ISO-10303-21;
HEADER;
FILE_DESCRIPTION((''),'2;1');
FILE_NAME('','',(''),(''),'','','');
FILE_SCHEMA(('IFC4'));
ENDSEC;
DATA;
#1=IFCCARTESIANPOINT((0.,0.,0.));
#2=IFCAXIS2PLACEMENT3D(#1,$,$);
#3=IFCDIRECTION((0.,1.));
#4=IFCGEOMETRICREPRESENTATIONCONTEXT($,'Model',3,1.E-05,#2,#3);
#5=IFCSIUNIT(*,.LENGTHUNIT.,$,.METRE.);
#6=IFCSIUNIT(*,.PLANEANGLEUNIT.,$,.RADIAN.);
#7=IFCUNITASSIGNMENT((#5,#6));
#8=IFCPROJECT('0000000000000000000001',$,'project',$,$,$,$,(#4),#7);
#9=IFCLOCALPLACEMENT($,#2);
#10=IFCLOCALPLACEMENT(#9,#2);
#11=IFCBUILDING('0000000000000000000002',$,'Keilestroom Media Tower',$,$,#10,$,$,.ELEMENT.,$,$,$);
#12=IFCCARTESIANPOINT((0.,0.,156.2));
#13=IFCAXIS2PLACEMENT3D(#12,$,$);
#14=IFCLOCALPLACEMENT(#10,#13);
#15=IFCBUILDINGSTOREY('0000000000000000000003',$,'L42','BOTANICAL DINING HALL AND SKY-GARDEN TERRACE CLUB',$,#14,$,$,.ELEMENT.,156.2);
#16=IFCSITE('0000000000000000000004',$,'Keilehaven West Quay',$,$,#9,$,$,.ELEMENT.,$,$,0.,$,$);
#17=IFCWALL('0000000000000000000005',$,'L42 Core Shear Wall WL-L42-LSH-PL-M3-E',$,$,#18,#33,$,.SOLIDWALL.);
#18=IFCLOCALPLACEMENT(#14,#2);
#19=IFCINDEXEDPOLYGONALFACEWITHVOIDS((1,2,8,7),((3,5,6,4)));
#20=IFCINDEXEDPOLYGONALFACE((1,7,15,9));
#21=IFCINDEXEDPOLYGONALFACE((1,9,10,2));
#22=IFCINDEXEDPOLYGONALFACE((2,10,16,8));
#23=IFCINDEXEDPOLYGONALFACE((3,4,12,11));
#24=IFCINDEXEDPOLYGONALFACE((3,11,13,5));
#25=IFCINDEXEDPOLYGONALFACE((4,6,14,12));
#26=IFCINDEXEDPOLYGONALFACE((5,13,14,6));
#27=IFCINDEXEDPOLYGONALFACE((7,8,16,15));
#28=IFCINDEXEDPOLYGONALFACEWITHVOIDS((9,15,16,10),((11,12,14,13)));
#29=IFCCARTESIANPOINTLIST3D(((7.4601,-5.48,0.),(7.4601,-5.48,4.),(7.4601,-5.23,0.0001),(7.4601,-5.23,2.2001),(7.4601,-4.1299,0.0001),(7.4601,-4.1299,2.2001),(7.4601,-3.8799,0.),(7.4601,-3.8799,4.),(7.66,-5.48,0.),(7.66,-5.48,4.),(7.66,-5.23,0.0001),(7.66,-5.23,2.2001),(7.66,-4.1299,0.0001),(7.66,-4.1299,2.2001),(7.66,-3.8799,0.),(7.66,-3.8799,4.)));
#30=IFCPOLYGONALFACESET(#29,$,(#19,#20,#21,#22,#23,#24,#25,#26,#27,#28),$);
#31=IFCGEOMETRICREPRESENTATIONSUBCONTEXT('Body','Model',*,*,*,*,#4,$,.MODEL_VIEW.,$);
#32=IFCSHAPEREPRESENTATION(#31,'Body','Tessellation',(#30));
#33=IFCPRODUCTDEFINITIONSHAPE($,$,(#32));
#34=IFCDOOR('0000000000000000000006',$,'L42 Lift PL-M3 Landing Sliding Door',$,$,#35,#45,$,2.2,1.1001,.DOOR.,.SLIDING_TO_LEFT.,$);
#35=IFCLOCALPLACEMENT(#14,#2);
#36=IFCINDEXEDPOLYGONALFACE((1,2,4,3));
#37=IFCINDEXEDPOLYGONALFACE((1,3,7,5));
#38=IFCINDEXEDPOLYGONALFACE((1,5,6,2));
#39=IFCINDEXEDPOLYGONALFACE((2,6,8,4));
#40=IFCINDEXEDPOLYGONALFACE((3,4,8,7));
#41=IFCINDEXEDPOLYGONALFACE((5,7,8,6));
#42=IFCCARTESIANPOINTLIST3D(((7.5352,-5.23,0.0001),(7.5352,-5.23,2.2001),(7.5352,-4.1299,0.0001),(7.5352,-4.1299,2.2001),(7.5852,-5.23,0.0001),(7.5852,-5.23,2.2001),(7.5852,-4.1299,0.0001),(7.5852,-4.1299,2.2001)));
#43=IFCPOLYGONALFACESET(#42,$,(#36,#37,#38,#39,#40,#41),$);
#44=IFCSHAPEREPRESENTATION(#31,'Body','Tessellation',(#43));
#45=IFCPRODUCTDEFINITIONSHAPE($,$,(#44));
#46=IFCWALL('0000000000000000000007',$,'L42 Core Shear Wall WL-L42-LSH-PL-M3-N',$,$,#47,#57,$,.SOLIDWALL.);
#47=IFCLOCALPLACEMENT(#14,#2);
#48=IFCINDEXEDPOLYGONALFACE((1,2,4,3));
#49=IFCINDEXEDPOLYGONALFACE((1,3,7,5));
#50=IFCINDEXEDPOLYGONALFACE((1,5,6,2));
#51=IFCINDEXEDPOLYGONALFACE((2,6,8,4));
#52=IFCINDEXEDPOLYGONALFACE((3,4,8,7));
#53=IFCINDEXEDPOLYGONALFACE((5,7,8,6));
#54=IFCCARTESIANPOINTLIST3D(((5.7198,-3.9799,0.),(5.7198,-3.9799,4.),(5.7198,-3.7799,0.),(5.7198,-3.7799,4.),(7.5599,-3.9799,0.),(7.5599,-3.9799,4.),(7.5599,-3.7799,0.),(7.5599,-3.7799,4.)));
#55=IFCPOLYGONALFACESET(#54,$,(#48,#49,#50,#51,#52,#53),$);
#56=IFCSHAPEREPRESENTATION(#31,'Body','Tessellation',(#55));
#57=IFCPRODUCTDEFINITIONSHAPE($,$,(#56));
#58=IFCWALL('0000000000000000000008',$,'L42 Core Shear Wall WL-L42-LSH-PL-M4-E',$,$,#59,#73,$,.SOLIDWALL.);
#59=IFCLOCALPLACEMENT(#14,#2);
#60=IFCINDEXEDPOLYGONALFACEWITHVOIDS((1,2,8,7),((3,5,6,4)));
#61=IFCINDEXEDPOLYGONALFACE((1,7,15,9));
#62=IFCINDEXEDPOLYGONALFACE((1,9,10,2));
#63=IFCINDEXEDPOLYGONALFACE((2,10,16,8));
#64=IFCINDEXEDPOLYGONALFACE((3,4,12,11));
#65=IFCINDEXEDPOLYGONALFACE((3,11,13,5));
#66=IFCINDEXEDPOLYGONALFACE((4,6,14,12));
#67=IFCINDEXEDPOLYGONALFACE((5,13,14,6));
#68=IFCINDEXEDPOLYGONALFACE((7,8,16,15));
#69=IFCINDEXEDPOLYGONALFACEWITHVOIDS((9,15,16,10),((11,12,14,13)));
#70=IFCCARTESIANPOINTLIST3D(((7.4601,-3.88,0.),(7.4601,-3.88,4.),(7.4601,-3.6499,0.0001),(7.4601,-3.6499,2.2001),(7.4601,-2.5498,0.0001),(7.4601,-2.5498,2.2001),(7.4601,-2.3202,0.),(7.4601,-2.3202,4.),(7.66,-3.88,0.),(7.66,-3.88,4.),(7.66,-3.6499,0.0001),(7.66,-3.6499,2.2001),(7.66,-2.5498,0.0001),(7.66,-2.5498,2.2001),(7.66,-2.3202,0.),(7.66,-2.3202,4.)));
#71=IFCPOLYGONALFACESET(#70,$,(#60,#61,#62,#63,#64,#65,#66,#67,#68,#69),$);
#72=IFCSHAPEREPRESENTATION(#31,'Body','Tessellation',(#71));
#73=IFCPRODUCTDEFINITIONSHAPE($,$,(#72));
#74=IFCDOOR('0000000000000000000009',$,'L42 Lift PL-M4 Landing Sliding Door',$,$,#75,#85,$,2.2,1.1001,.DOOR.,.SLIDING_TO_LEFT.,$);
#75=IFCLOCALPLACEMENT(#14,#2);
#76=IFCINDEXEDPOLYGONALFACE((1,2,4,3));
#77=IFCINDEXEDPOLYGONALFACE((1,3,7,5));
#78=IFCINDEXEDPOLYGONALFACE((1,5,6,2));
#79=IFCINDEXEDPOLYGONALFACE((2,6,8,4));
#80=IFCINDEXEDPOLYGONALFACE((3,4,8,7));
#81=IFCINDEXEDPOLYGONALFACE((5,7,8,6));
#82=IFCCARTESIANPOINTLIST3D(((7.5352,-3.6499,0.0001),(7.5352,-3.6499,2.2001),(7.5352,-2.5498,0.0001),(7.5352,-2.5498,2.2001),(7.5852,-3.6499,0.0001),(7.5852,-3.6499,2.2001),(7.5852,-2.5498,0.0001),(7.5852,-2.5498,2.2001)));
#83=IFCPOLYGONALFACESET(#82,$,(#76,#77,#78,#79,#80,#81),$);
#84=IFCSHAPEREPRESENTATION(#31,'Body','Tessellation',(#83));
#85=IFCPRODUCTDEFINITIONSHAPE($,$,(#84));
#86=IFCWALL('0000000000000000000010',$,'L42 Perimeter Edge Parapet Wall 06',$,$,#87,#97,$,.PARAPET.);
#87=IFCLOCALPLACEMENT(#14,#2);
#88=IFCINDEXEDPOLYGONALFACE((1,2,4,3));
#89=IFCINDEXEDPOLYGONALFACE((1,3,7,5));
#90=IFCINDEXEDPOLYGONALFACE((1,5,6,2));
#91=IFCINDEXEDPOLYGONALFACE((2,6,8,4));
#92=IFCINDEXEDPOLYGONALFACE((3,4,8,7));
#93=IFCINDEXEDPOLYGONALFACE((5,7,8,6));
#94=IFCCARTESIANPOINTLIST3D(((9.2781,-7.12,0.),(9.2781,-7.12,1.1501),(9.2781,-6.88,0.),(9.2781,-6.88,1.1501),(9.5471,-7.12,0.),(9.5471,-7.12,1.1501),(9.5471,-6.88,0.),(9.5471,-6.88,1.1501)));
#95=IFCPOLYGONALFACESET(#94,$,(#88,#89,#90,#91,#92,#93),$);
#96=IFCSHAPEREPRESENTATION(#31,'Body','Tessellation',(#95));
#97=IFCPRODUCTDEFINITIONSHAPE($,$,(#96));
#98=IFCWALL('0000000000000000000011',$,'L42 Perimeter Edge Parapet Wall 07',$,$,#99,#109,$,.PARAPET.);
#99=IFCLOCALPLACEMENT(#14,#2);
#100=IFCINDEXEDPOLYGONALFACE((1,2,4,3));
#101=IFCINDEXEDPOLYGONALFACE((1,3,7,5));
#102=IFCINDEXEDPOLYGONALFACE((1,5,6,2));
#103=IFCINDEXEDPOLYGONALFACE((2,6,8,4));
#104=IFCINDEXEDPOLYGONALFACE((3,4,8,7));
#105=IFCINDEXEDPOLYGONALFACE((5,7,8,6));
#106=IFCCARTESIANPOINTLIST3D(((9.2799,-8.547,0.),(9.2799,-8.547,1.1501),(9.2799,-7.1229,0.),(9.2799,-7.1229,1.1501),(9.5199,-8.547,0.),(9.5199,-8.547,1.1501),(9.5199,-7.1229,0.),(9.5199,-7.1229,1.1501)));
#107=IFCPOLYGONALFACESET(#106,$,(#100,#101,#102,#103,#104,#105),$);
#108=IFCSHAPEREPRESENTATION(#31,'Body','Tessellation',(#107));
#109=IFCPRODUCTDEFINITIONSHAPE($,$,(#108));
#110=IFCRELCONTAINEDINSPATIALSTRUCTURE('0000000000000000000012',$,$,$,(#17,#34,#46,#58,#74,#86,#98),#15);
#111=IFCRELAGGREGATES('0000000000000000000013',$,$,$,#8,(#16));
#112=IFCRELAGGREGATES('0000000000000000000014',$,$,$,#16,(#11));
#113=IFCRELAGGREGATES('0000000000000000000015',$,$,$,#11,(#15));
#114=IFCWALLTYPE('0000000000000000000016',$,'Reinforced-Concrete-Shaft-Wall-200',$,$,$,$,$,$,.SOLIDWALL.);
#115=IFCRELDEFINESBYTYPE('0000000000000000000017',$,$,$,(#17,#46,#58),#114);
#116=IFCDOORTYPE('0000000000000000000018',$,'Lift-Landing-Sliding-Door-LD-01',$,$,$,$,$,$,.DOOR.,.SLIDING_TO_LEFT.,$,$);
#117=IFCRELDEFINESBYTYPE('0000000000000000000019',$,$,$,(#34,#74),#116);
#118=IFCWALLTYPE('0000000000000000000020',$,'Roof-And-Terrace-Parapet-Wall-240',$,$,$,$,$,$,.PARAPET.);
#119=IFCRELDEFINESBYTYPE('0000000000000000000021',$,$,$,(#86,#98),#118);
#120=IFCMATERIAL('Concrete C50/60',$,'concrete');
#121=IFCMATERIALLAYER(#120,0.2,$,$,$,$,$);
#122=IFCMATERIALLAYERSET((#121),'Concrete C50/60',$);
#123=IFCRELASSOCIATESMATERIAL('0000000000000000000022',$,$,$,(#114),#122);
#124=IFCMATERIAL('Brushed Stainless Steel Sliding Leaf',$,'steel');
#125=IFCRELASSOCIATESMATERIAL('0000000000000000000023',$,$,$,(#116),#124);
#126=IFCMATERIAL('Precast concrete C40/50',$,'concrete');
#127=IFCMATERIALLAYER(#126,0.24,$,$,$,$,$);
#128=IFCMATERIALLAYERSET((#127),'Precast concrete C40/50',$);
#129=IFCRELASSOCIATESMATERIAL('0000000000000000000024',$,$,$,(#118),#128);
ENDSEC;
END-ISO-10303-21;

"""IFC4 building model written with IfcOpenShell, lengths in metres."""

from ifc_helpers import new_model, si_unit, direction, frame, frame_2d, origin, place, context, subcontext, project, spatial, rectangle, extrude, source, transform, mapped, material, layer, layer_set, type_object, element, fill, save


model = new_model("IFC4")

# Units and contexts
model_context = context("Model", 3, precision=1e-05, world=origin(), true_north=direction((0.0, 1.0)))
body_context = subcontext(model_context, "Body", "Model", "MODEL_VIEW")
ifc_project = project(units=[si_unit("LENGTHUNIT", "METRE"), si_unit("PLANEANGLEUNIT", "RADIAN")], contexts=[model_context])

# Site, building, storey
site_placement = place(None, origin())
site = spatial("IfcSite", under=ifc_project, at=site_placement, Name="Keilehaven West Quay", CompositionType="ELEMENT", RefElevation=0.0)
building_placement = place(site_placement, origin())
building = spatial("IfcBuilding", under=site, at=building_placement, Name="Keilestroom Media Tower", CompositionType="ELEMENT")
storey_placement = place(building_placement, frame((0.0, 0.0, 156.2)))
storey = spatial("IfcBuildingStorey", under=building, at=storey_placement, Name="L42", Description="BOTANICAL DINING HALL AND SKY-GARDEN TERRACE CLUB", CompositionType="ELEMENT", Elevation=156.2)

# Shared definitions
ifc_material_1 = material(Name="Concrete C50/60", Category="concrete")
ifc_layer_1 = layer(ifc_material_1, 0.2)
ifc_layer_set_1 = layer_set([ifc_layer_1], Name="Concrete C50/60")
wall_type_1 = type_object("IfcWallType", Name="Reinforced-Concrete-Shaft-Wall-200", PredefinedType="SOLIDWALL", material=ifc_layer_set_1)

# Shared definitions
ifc_material_2 = material(Name="Brushed Stainless Steel Sliding Leaf", Category="steel")

# Wall, opening, door
wall_1_placement = place(storey_placement, frame((7.5601, -5.48, 0.0), z_axis=(0.0, 0.0, 1.0), x_axis=(0.0, 1.0, 0.0)))
wall_1 = element("IfcWall", 1, at=wall_1_placement, inside=storey, type_object=wall_type_1, Name="L42 Core Shear Wall WL-L42-LSH-PL-M3-E", PredefinedType="SOLIDWALL", context=body_context, shape_type="SweptSolid", body=[
    extrude(rectangle(XDim=1.6001, YDim=0.2, at=frame_2d((0.8, 0.0))), origin(), (0.0, 0.0, 1.0), 4.0),
])
opening_1_placement = place(wall_1_placement, frame((0.25, 0.0, 0.0)))
opening_1 = element("IfcOpeningElement", 2, at=opening_1_placement, cuts=wall_1, PredefinedType="OPENING", context=body_context, shape_type="SweptSolid", body=[
    extrude(rectangle(XDim=1.1001, YDim=2.2, at=frame_2d((0.55, 1.1001))), frame((0.0, 0.1099, 0.0), z_axis=(0.0, -1.0, 0.0), x_axis=(1.0, 0.0, 0.0)), (0.0, 0.0, 1.0), 0.22),
])
door_type_1 = type_object("IfcDoorType", Name="Lift-Landing-Sliding-Door-LD-01", OperationType="SLIDING_TO_LEFT", PredefinedType="DOOR", material=ifc_material_2)
shared_shape_1 = source(origin(), body_context, "Body", "SweptSolid", [
    extrude(rectangle(XDim=1.1001, YDim=2.2, at=frame_2d((0.55, 1.1001))), frame((0.0, 0.0249, 0.0), z_axis=(0.0, -1.0, 0.0), x_axis=(1.0, 0.0, 0.0)), (0.0, 0.0, 1.0), 0.05),
])
door_1_placement = place(opening_1_placement, origin())
door_1 = element("IfcDoor", 3, at=door_1_placement, inside=storey, type_object=door_type_1, Name="L42 Lift PL-M3 Landing Sliding Door", OperationType="SLIDING_TO_LEFT", OverallHeight=2.2, OverallWidth=1.1001, PredefinedType="DOOR", context=body_context, shape_type="MappedRepresentation", body=[
    mapped(shared_shape_1, transform((0.0, 0.0, 0.0), x_axis=(1.0, 0.0, 0.0), y_axis=(0.0, 1.0, 0.0), z_axis=(0.0, 0.0, 1.0), scale=1.0)),
])
fill(opening_1, door_1)

# Wall
wall_2_placement = place(storey_placement, frame((5.72, -3.8799, 0.0), z_axis=(0.0, 0.0, 1.0), x_axis=(1.0, 0.0, 0.0)))
element("IfcWall", 4, at=wall_2_placement, inside=storey, type_object=wall_type_1, Name="L42 Core Shear Wall WL-L42-LSH-PL-M3-N", PredefinedType="SOLIDWALL", context=body_context, shape_type="SweptSolid", body=[
    extrude(rectangle(XDim=1.8401, YDim=0.2, at=frame_2d((0.9199, 0.0))), origin(), (0.0, 0.0, 1.0), 4.0),
])

# Wall, opening, door
wall_3_placement = place(storey_placement, frame((7.5601, -3.8799, 0.0), z_axis=(0.0, 0.0, 1.0), x_axis=(0.0, 1.0, 0.0)))
wall_3 = element("IfcWall", 5, at=wall_3_placement, inside=storey, type_object=wall_type_1, Name="L42 Core Shear Wall WL-L42-LSH-PL-M4-E", PredefinedType="SOLIDWALL", context=body_context, shape_type="SweptSolid", body=[
    extrude(rectangle(XDim=1.5598, YDim=0.2, at=frame_2d((0.7798, 0.0))), origin(), (0.0, 0.0, 1.0), 4.0),
])
opening_2_placement = place(wall_3_placement, frame((0.23, 0.0, 0.0)))
opening_2 = element("IfcOpeningElement", 6, at=opening_2_placement, cuts=wall_3, PredefinedType="OPENING", context=body_context, shape_type="SweptSolid", body=[
    extrude(rectangle(XDim=1.1001, YDim=2.2, at=frame_2d((0.55, 1.1001))), frame((0.0, 0.1099, 0.0), z_axis=(0.0, -1.0, 0.0), x_axis=(1.0, 0.0, 0.0)), (0.0, 0.0, 1.0), 0.22),
])
door_2_placement = place(opening_2_placement, origin())
door_2 = element("IfcDoor", 7, at=door_2_placement, inside=storey, type_object=door_type_1, Name="L42 Lift PL-M4 Landing Sliding Door", OperationType="SLIDING_TO_LEFT", OverallHeight=2.2, OverallWidth=1.1001, PredefinedType="DOOR", context=body_context, shape_type="MappedRepresentation", body=[
    mapped(shared_shape_1, transform((0.0, 0.0, 0.0), x_axis=(1.0, 0.0, 0.0), y_axis=(0.0, 1.0, 0.0), z_axis=(0.0, 0.0, 1.0), scale=1.0)),
])
fill(opening_2, door_2)

# Walls
ifc_material_3 = material(Name="Precast concrete C40/50", Category="concrete")
ifc_layer_2 = layer(ifc_material_3, 0.24)
ifc_layer_set_2 = layer_set([ifc_layer_2], Name="Precast concrete C40/50")
wall_type_2 = type_object("IfcWallType", Name="Roof-And-Terrace-Parapet-Wall-240", PredefinedType="PARAPET", material=ifc_layer_set_2)
wall_4_placement = place(storey_placement, frame((9.5471, -7.0, 0.0), z_axis=(0.0, 0.0, 1.0), x_axis=(-1.0, 0.0, 0.0)))
element("IfcWall", 8, at=wall_4_placement, inside=storey, type_object=wall_type_2, Name="L42 Perimeter Edge Parapet Wall 06", PredefinedType="PARAPET", context=body_context, shape_type="SweptSolid", body=[
    extrude(rectangle(XDim=0.269, YDim=0.24, at=frame_2d((0.1345, 0.0))), origin(), (0.0, 0.0, 1.0), 1.1501),
])
wall_5_placement = place(storey_placement, frame((9.3999, -7.123, 0.0), z_axis=(0.0, 0.0, 1.0), x_axis=(0.0, -1.0, 0.0)))
element("IfcWall", 9, at=wall_5_placement, inside=storey, type_object=wall_type_2, Name="L42 Perimeter Edge Parapet Wall 07", PredefinedType="PARAPET", context=body_context, shape_type="SweptSolid", body=[
    extrude(rectangle(XDim=1.4241, YDim=0.24, at=frame_2d((0.7119, 0.0))), origin(), (0.0, 0.0, 1.0), 1.1501),
])

save(model, "model.ifc")
